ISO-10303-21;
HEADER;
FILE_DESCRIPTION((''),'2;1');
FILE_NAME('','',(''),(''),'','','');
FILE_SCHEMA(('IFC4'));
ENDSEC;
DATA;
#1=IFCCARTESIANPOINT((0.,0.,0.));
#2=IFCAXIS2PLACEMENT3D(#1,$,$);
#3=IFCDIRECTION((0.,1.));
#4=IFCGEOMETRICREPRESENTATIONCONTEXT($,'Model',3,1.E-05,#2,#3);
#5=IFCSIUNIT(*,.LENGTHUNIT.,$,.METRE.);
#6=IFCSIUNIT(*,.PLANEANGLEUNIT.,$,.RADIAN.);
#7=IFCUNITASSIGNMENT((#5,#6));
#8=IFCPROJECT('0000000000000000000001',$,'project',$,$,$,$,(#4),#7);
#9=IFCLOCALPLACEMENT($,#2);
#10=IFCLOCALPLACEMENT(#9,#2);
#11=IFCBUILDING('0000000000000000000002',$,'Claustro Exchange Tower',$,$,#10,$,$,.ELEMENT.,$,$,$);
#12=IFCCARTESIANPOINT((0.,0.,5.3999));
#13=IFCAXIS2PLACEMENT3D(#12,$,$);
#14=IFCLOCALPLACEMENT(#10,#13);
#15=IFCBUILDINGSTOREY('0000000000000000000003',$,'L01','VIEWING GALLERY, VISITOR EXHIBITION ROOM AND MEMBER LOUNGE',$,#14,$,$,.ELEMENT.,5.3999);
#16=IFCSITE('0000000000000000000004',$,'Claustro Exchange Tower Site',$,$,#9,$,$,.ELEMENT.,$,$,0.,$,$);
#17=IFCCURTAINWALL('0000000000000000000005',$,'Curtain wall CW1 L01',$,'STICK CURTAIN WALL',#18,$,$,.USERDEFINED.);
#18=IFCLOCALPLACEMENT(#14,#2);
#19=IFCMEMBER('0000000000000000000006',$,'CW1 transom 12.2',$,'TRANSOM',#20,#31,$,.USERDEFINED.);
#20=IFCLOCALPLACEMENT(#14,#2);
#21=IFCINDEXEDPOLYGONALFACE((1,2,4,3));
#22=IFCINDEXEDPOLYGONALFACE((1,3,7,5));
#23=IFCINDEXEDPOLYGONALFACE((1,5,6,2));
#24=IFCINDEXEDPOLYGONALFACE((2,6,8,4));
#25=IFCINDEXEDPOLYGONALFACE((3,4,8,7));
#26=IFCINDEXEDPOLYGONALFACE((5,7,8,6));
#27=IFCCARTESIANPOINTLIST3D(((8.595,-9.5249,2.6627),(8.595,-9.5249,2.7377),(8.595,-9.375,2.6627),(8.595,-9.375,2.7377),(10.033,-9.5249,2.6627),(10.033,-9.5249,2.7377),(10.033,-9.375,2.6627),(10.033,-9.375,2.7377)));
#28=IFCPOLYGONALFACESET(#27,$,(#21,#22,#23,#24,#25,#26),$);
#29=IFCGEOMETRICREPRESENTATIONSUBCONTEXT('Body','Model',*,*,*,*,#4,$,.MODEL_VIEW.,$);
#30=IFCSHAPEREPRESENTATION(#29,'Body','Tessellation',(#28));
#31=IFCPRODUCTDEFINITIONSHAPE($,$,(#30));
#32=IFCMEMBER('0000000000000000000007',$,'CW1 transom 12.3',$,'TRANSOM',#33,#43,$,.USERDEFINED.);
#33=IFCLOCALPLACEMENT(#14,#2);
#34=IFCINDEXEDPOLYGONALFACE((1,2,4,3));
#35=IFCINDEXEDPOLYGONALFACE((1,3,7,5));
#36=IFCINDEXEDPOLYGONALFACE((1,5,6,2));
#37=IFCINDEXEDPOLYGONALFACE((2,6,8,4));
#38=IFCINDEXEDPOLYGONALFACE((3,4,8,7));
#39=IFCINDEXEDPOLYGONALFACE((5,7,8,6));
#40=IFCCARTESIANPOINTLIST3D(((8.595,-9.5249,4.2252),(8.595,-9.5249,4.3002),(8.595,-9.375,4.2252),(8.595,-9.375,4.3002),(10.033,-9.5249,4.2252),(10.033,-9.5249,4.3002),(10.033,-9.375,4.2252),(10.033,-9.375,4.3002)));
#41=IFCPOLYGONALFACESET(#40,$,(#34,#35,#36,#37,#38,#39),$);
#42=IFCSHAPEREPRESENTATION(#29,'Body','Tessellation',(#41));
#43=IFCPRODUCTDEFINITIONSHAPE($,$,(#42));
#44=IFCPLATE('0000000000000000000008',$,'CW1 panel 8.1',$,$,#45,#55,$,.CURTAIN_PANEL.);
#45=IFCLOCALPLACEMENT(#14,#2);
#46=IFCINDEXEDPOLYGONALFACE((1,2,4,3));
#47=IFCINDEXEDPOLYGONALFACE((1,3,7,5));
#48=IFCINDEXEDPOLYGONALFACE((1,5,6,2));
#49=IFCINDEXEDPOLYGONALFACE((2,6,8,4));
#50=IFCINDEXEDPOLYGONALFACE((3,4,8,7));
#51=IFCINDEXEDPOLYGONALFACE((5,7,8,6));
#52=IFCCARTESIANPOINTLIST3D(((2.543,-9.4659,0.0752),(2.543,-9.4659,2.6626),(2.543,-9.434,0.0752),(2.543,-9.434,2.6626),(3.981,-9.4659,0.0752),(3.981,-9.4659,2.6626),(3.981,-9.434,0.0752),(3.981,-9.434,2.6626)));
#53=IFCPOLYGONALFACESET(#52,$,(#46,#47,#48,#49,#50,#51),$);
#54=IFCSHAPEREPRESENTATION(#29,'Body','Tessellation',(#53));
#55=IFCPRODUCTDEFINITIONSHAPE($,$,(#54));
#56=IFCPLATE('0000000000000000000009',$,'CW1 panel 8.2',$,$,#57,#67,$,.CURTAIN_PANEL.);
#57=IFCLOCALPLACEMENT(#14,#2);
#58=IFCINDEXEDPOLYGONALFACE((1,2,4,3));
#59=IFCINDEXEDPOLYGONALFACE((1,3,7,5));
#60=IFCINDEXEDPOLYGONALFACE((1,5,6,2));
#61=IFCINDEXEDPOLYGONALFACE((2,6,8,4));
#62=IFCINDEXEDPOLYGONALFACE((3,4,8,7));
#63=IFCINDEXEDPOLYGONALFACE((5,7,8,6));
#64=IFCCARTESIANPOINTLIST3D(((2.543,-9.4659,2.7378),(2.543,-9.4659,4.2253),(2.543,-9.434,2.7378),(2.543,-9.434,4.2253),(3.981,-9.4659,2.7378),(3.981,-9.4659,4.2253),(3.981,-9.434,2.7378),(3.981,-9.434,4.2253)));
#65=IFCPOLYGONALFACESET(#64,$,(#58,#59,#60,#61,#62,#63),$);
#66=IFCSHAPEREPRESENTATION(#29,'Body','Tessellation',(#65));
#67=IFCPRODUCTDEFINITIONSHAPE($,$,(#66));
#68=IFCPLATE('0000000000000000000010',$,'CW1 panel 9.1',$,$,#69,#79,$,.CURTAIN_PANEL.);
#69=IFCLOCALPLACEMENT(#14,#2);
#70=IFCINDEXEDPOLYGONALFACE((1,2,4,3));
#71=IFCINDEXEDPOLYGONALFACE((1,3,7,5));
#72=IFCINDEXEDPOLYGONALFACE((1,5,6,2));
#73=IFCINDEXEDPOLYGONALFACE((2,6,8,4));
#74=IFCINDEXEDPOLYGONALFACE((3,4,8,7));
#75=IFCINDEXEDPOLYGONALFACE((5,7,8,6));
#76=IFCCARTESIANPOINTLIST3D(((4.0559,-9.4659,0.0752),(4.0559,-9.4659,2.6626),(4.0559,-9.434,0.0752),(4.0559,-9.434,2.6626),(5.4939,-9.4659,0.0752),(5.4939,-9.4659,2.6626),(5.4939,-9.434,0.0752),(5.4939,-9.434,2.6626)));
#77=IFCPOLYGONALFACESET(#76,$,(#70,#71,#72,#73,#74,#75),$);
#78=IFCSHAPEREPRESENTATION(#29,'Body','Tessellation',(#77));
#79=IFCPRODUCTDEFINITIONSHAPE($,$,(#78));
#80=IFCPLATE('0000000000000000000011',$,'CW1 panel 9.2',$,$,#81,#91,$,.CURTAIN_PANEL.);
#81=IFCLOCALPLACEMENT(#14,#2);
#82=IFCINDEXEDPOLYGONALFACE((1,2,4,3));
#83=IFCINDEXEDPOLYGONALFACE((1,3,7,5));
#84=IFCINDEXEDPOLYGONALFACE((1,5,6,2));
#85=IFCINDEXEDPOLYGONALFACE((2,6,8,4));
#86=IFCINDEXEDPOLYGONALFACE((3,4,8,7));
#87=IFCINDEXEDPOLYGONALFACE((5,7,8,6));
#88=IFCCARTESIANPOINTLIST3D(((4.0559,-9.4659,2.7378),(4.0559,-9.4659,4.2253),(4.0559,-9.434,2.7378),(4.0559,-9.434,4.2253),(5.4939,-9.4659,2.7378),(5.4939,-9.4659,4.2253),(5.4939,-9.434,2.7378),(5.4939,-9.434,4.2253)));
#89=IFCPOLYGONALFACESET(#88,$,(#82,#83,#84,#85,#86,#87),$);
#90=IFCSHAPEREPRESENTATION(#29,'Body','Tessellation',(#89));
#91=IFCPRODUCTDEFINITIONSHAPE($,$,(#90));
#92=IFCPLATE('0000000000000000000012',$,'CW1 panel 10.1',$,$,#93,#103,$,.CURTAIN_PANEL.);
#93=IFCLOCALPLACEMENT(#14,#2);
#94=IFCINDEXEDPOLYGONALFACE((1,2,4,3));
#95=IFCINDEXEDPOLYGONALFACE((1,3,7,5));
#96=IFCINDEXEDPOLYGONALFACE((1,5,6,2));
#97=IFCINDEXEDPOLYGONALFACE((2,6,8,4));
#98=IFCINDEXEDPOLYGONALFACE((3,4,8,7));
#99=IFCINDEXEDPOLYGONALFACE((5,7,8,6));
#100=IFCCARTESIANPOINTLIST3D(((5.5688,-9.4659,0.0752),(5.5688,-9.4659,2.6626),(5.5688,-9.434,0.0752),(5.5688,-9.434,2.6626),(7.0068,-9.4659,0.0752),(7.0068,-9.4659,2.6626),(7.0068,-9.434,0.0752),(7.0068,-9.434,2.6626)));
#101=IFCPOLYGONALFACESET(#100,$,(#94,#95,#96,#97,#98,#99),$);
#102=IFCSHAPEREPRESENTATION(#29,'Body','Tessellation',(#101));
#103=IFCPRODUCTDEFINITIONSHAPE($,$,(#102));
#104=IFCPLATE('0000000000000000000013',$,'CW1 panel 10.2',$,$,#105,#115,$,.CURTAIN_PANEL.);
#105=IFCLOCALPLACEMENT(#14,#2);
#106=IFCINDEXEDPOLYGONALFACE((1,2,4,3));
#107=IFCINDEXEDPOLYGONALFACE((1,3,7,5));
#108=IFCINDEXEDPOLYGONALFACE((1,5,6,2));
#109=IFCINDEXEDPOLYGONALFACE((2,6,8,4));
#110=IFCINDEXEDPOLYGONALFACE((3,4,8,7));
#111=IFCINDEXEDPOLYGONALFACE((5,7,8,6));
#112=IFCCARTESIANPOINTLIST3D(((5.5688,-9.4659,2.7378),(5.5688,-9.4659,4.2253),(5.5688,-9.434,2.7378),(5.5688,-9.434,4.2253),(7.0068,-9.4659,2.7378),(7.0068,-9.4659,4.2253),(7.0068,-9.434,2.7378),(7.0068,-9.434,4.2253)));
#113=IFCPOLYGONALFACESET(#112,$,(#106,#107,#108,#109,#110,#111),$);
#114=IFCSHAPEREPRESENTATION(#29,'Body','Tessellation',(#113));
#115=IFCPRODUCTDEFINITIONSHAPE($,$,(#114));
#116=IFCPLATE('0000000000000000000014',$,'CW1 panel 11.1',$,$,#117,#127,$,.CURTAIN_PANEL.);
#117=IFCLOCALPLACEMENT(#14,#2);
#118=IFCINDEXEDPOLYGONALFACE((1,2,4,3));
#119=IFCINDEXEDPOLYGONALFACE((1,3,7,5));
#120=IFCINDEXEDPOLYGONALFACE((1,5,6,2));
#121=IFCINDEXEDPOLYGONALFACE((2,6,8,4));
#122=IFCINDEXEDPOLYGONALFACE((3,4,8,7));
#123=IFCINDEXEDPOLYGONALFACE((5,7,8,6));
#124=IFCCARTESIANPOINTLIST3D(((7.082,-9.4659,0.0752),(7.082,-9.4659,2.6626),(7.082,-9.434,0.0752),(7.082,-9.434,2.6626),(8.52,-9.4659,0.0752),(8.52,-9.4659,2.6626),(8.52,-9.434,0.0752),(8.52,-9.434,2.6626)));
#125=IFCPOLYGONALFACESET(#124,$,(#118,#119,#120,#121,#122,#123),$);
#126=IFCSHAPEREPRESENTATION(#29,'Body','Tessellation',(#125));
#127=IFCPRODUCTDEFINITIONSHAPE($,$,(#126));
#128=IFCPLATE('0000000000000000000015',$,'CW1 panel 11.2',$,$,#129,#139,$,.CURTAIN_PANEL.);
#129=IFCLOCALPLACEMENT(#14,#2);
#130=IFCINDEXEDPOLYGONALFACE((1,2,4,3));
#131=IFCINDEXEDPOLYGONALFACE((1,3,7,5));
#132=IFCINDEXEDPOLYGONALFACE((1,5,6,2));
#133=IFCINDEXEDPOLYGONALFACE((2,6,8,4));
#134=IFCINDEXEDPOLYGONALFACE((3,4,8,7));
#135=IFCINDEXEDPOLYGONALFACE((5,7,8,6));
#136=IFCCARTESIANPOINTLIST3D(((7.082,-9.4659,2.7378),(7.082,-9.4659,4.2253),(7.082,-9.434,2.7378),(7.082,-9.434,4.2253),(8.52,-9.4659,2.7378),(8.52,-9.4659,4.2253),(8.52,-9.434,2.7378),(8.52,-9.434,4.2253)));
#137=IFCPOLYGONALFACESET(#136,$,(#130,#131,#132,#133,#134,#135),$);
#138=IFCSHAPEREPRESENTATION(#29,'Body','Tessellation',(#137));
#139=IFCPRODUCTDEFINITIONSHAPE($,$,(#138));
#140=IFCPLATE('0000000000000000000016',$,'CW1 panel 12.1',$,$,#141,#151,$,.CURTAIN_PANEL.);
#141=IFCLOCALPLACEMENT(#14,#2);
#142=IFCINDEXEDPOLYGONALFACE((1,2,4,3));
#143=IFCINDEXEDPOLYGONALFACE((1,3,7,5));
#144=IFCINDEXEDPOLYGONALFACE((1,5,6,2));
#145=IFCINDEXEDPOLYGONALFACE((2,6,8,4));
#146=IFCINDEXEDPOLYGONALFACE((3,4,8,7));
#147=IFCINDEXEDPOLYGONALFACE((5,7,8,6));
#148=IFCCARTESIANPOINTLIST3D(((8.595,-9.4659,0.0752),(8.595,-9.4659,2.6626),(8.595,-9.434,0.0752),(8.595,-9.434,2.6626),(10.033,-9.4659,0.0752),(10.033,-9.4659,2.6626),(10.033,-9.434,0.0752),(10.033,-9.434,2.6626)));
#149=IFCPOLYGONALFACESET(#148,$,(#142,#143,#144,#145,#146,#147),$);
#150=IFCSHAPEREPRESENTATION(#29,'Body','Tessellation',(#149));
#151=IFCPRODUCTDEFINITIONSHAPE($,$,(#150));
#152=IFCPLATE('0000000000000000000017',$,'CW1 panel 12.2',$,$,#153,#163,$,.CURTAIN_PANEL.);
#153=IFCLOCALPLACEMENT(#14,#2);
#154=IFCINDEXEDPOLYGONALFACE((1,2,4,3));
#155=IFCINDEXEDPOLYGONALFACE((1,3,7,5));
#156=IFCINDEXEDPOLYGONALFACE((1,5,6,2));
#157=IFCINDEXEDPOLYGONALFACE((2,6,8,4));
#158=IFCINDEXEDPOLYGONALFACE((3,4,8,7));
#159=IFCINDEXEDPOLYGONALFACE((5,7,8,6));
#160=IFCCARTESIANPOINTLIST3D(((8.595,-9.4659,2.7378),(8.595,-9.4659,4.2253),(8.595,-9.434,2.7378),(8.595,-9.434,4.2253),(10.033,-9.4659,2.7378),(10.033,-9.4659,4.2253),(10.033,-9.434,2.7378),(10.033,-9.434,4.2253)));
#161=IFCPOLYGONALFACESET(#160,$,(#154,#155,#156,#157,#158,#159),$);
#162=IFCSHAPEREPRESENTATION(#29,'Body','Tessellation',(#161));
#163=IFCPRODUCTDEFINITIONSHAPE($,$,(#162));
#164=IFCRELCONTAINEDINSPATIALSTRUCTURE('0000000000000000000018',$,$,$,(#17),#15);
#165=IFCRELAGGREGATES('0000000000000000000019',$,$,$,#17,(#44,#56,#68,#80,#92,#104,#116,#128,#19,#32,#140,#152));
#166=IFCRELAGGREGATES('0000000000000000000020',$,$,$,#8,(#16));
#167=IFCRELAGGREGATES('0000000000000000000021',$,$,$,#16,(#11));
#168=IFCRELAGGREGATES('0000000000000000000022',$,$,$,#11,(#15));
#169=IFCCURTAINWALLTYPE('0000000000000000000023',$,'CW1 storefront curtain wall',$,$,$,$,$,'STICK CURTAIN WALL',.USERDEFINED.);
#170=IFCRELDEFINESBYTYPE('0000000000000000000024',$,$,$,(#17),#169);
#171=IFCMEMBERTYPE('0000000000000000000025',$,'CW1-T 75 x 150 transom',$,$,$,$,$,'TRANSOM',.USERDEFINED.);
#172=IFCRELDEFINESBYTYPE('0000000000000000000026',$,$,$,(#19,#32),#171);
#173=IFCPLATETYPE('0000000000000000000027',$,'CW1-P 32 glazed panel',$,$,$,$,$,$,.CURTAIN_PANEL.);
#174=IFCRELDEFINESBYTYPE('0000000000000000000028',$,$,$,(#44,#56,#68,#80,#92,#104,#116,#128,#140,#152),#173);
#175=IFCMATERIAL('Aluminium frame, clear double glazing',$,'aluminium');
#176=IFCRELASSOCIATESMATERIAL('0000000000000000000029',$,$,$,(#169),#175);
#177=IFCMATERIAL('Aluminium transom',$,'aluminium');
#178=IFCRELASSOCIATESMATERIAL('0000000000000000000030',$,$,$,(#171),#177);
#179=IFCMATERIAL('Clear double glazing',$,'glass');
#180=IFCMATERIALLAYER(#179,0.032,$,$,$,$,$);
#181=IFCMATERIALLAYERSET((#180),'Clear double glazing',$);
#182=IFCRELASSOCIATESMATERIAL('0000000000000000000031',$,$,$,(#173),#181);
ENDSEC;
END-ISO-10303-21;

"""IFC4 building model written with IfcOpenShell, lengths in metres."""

from ifc_helpers import new_model, si_unit, direction, frame, origin, origin_2d, place, context, subcontext, project, spatial, rectangle, extrude, material, layer, layer_set, material_profile, profile_set, type_object, element, aggregate, save


model = new_model("IFC4")

# Units and contexts
model_context = context("Model", 3, precision=1e-05, world=origin(), true_north=direction((0.0, 1.0)))
body_context = subcontext(model_context, "Body", "Model", "MODEL_VIEW")
ifc_project = project(units=[si_unit("LENGTHUNIT", "METRE"), si_unit("PLANEANGLEUNIT", "RADIAN")], contexts=[model_context])

# Site, building, storey
site_placement = place(None, origin())
site = spatial("IfcSite", under=ifc_project, at=site_placement, Name="Claustro Exchange Tower Site", CompositionType="ELEMENT", RefElevation=0.0)
building_placement = place(site_placement, origin())
building = spatial("IfcBuilding", under=site, at=building_placement, Name="Claustro Exchange Tower", CompositionType="ELEMENT")
storey_placement = place(building_placement, frame((0.0, 0.0, 5.3999)))
storey = spatial("IfcBuildingStorey", under=building, at=storey_placement, Name="L01", Description="VIEWING GALLERY, VISITOR EXHIBITION ROOM AND MEMBER LOUNGE", CompositionType="ELEMENT", Elevation=5.3999)

# Curtain wall, members, plates
ifc_material_1 = material(Name="Aluminium frame, clear double glazing", Category="aluminium")
curtain_wall_type = type_object("IfcCurtainWallType", Name="CW1 storefront curtain wall", ElementType="STICK CURTAIN WALL", PredefinedType="USERDEFINED", material=ifc_material_1)
curtain_wall_placement = place(storey_placement, origin())
curtain_wall = element("IfcCurtainWall", 1, at=curtain_wall_placement, inside=storey, type_object=curtain_wall_type, Name="Curtain wall CW1 L01", ObjectType="STICK CURTAIN WALL", PredefinedType="USERDEFINED")
ifc_material_2 = material(Name="Aluminium transom", Category="aluminium")
ifc_material_profile_1 = material_profile(ifc_material_2, rectangle(XDim=0.1499, YDim=0.075, at=origin_2d()), Name="CW1-T 75x150")
ifc_profile_set_1 = profile_set([ifc_material_profile_1], Name="Aluminium transom")
member_type_1 = type_object("IfcMemberType", Name="CW1-T 75 x 150 transom", ElementType="TRANSOM", PredefinedType="USERDEFINED", material=ifc_profile_set_1)
member_1_placement = place(storey_placement, frame((8.595, -9.45, 2.7002), z_axis=(1.0, 0.0, 0.0), x_axis=(0.0, 1.0, 0.0)))
member_1 = element("IfcMember", 2, at=member_1_placement, type_object=member_type_1, Name="CW1 transom 12.2", ObjectType="TRANSOM", PredefinedType="USERDEFINED", context=body_context, shape_type="SweptSolid", body=[
    extrude(rectangle(XDim=0.1499, YDim=0.075, at=origin_2d()), origin(), (0.0, 0.0, 1.0), 1.438),
])
member_2_placement = place(storey_placement, frame((8.595, -9.45, 4.2627), z_axis=(1.0, 0.0, 0.0), x_axis=(0.0, 1.0, 0.0)))
member_2 = element("IfcMember", 3, at=member_2_placement, type_object=member_type_1, Name="CW1 transom 12.3", ObjectType="TRANSOM", PredefinedType="USERDEFINED", context=body_context, shape_type="SweptSolid", body=[
    extrude(rectangle(XDim=0.1499, YDim=0.075, at=origin_2d()), origin(), (0.0, 0.0, 1.0), 1.438),
])
ifc_material_3 = material(Name="Clear double glazing", Category="glass")
ifc_layer = layer(ifc_material_3, 0.032)
ifc_layer_set = layer_set([ifc_layer], Name="Clear double glazing")
plate_type = type_object("IfcPlateType", Name="CW1-P 32 glazed panel", PredefinedType="CURTAIN_PANEL", material=ifc_layer_set)
plate_1_placement = place(storey_placement, frame((3.262, -9.45, 0.0752), z_axis=(0.0, 0.0, 1.0), x_axis=(1.0, 0.0, 0.0)))
plate_1 = element("IfcPlate", 4, at=plate_1_placement, type_object=plate_type, Name="CW1 panel 8.1", PredefinedType="CURTAIN_PANEL", context=body_context, shape_type="SweptSolid", body=[
    extrude(rectangle(XDim=1.438, YDim=0.032, at=origin_2d()), origin(), (0.0, 0.0, 1.0), 2.5874),
])
plate_2_placement = place(storey_placement, frame((3.262, -9.45, 2.7378), z_axis=(0.0, 0.0, 1.0), x_axis=(1.0, 0.0, 0.0)))
plate_2 = element("IfcPlate", 5, at=plate_2_placement, type_object=plate_type, Name="CW1 panel 8.2", PredefinedType="CURTAIN_PANEL", context=body_context, shape_type="SweptSolid", body=[
    extrude(rectangle(XDim=1.438, YDim=0.032, at=origin_2d()), origin(), (0.0, 0.0, 1.0), 1.4875),
])
plate_3_placement = place(storey_placement, frame((4.7749, -9.45, 0.0752), z_axis=(0.0, 0.0, 1.0), x_axis=(1.0, 0.0, 0.0)))
plate_3 = element("IfcPlate", 6, at=plate_3_placement, type_object=plate_type, Name="CW1 panel 9.1", PredefinedType="CURTAIN_PANEL", context=body_context, shape_type="SweptSolid", body=[
    extrude(rectangle(XDim=1.438, YDim=0.032, at=origin_2d()), origin(), (0.0, 0.0, 1.0), 2.5874),
])
plate_4_placement = place(storey_placement, frame((4.7749, -9.45, 2.7378), z_axis=(0.0, 0.0, 1.0), x_axis=(1.0, 0.0, 0.0)))
plate_4 = element("IfcPlate", 7, at=plate_4_placement, type_object=plate_type, Name="CW1 panel 9.2", PredefinedType="CURTAIN_PANEL", context=body_context, shape_type="SweptSolid", body=[
    extrude(rectangle(XDim=1.438, YDim=0.032, at=origin_2d()), origin(), (0.0, 0.0, 1.0), 1.4875),
])
plate_5_placement = place(storey_placement, frame((6.2878, -9.45, 0.0752), z_axis=(0.0, 0.0, 1.0), x_axis=(1.0, 0.0, 0.0)))
plate_5 = element("IfcPlate", 8, at=plate_5_placement, type_object=plate_type, Name="CW1 panel 10.1", PredefinedType="CURTAIN_PANEL", context=body_context, shape_type="SweptSolid", body=[
    extrude(rectangle(XDim=1.438, YDim=0.032, at=origin_2d()), origin(), (0.0, 0.0, 1.0), 2.5874),
])
plate_6_placement = place(storey_placement, frame((6.2878, -9.45, 2.7378), z_axis=(0.0, 0.0, 1.0), x_axis=(1.0, 0.0, 0.0)))
plate_6 = element("IfcPlate", 9, at=plate_6_placement, type_object=plate_type, Name="CW1 panel 10.2", PredefinedType="CURTAIN_PANEL", context=body_context, shape_type="SweptSolid", body=[
    extrude(rectangle(XDim=1.438, YDim=0.032, at=origin_2d()), origin(), (0.0, 0.0, 1.0), 1.4875),
])
plate_7_placement = place(storey_placement, frame((7.801, -9.45, 0.0752), z_axis=(0.0, 0.0, 1.0), x_axis=(1.0, 0.0, 0.0)))
plate_7 = element("IfcPlate", 10, at=plate_7_placement, type_object=plate_type, Name="CW1 panel 11.1", PredefinedType="CURTAIN_PANEL", context=body_context, shape_type="SweptSolid", body=[
    extrude(rectangle(XDim=1.438, YDim=0.032, at=origin_2d()), origin(), (0.0, 0.0, 1.0), 2.5874),
])
plate_8_placement = place(storey_placement, frame((7.801, -9.45, 2.7378), z_axis=(0.0, 0.0, 1.0), x_axis=(1.0, 0.0, 0.0)))
plate_8 = element("IfcPlate", 11, at=plate_8_placement, type_object=plate_type, Name="CW1 panel 11.2", PredefinedType="CURTAIN_PANEL", context=body_context, shape_type="SweptSolid", body=[
    extrude(rectangle(XDim=1.438, YDim=0.032, at=origin_2d()), origin(), (0.0, 0.0, 1.0), 1.4875),
])
plate_9_placement = place(storey_placement, frame((9.314, -9.45, 0.0752), z_axis=(0.0, 0.0, 1.0), x_axis=(1.0, 0.0, 0.0)))
plate_9 = element("IfcPlate", 12, at=plate_9_placement, type_object=plate_type, Name="CW1 panel 12.1", PredefinedType="CURTAIN_PANEL", context=body_context, shape_type="SweptSolid", body=[
    extrude(rectangle(XDim=1.438, YDim=0.032, at=origin_2d()), origin(), (0.0, 0.0, 1.0), 2.5874),
])
plate_10_placement = place(storey_placement, frame((9.314, -9.45, 2.7378), z_axis=(0.0, 0.0, 1.0), x_axis=(1.0, 0.0, 0.0)))
plate_10 = element("IfcPlate", 13, at=plate_10_placement, type_object=plate_type, Name="CW1 panel 12.2", PredefinedType="CURTAIN_PANEL", context=body_context, shape_type="SweptSolid", body=[
    extrude(rectangle(XDim=1.438, YDim=0.032, at=origin_2d()), origin(), (0.0, 0.0, 1.0), 1.4875),
])
aggregate(curtain_wall, [plate_1, plate_2, plate_3, plate_4, plate_5, plate_6, plate_7, plate_8, member_1, member_2, plate_9, plate_10])

save(model, "model.ifc")
